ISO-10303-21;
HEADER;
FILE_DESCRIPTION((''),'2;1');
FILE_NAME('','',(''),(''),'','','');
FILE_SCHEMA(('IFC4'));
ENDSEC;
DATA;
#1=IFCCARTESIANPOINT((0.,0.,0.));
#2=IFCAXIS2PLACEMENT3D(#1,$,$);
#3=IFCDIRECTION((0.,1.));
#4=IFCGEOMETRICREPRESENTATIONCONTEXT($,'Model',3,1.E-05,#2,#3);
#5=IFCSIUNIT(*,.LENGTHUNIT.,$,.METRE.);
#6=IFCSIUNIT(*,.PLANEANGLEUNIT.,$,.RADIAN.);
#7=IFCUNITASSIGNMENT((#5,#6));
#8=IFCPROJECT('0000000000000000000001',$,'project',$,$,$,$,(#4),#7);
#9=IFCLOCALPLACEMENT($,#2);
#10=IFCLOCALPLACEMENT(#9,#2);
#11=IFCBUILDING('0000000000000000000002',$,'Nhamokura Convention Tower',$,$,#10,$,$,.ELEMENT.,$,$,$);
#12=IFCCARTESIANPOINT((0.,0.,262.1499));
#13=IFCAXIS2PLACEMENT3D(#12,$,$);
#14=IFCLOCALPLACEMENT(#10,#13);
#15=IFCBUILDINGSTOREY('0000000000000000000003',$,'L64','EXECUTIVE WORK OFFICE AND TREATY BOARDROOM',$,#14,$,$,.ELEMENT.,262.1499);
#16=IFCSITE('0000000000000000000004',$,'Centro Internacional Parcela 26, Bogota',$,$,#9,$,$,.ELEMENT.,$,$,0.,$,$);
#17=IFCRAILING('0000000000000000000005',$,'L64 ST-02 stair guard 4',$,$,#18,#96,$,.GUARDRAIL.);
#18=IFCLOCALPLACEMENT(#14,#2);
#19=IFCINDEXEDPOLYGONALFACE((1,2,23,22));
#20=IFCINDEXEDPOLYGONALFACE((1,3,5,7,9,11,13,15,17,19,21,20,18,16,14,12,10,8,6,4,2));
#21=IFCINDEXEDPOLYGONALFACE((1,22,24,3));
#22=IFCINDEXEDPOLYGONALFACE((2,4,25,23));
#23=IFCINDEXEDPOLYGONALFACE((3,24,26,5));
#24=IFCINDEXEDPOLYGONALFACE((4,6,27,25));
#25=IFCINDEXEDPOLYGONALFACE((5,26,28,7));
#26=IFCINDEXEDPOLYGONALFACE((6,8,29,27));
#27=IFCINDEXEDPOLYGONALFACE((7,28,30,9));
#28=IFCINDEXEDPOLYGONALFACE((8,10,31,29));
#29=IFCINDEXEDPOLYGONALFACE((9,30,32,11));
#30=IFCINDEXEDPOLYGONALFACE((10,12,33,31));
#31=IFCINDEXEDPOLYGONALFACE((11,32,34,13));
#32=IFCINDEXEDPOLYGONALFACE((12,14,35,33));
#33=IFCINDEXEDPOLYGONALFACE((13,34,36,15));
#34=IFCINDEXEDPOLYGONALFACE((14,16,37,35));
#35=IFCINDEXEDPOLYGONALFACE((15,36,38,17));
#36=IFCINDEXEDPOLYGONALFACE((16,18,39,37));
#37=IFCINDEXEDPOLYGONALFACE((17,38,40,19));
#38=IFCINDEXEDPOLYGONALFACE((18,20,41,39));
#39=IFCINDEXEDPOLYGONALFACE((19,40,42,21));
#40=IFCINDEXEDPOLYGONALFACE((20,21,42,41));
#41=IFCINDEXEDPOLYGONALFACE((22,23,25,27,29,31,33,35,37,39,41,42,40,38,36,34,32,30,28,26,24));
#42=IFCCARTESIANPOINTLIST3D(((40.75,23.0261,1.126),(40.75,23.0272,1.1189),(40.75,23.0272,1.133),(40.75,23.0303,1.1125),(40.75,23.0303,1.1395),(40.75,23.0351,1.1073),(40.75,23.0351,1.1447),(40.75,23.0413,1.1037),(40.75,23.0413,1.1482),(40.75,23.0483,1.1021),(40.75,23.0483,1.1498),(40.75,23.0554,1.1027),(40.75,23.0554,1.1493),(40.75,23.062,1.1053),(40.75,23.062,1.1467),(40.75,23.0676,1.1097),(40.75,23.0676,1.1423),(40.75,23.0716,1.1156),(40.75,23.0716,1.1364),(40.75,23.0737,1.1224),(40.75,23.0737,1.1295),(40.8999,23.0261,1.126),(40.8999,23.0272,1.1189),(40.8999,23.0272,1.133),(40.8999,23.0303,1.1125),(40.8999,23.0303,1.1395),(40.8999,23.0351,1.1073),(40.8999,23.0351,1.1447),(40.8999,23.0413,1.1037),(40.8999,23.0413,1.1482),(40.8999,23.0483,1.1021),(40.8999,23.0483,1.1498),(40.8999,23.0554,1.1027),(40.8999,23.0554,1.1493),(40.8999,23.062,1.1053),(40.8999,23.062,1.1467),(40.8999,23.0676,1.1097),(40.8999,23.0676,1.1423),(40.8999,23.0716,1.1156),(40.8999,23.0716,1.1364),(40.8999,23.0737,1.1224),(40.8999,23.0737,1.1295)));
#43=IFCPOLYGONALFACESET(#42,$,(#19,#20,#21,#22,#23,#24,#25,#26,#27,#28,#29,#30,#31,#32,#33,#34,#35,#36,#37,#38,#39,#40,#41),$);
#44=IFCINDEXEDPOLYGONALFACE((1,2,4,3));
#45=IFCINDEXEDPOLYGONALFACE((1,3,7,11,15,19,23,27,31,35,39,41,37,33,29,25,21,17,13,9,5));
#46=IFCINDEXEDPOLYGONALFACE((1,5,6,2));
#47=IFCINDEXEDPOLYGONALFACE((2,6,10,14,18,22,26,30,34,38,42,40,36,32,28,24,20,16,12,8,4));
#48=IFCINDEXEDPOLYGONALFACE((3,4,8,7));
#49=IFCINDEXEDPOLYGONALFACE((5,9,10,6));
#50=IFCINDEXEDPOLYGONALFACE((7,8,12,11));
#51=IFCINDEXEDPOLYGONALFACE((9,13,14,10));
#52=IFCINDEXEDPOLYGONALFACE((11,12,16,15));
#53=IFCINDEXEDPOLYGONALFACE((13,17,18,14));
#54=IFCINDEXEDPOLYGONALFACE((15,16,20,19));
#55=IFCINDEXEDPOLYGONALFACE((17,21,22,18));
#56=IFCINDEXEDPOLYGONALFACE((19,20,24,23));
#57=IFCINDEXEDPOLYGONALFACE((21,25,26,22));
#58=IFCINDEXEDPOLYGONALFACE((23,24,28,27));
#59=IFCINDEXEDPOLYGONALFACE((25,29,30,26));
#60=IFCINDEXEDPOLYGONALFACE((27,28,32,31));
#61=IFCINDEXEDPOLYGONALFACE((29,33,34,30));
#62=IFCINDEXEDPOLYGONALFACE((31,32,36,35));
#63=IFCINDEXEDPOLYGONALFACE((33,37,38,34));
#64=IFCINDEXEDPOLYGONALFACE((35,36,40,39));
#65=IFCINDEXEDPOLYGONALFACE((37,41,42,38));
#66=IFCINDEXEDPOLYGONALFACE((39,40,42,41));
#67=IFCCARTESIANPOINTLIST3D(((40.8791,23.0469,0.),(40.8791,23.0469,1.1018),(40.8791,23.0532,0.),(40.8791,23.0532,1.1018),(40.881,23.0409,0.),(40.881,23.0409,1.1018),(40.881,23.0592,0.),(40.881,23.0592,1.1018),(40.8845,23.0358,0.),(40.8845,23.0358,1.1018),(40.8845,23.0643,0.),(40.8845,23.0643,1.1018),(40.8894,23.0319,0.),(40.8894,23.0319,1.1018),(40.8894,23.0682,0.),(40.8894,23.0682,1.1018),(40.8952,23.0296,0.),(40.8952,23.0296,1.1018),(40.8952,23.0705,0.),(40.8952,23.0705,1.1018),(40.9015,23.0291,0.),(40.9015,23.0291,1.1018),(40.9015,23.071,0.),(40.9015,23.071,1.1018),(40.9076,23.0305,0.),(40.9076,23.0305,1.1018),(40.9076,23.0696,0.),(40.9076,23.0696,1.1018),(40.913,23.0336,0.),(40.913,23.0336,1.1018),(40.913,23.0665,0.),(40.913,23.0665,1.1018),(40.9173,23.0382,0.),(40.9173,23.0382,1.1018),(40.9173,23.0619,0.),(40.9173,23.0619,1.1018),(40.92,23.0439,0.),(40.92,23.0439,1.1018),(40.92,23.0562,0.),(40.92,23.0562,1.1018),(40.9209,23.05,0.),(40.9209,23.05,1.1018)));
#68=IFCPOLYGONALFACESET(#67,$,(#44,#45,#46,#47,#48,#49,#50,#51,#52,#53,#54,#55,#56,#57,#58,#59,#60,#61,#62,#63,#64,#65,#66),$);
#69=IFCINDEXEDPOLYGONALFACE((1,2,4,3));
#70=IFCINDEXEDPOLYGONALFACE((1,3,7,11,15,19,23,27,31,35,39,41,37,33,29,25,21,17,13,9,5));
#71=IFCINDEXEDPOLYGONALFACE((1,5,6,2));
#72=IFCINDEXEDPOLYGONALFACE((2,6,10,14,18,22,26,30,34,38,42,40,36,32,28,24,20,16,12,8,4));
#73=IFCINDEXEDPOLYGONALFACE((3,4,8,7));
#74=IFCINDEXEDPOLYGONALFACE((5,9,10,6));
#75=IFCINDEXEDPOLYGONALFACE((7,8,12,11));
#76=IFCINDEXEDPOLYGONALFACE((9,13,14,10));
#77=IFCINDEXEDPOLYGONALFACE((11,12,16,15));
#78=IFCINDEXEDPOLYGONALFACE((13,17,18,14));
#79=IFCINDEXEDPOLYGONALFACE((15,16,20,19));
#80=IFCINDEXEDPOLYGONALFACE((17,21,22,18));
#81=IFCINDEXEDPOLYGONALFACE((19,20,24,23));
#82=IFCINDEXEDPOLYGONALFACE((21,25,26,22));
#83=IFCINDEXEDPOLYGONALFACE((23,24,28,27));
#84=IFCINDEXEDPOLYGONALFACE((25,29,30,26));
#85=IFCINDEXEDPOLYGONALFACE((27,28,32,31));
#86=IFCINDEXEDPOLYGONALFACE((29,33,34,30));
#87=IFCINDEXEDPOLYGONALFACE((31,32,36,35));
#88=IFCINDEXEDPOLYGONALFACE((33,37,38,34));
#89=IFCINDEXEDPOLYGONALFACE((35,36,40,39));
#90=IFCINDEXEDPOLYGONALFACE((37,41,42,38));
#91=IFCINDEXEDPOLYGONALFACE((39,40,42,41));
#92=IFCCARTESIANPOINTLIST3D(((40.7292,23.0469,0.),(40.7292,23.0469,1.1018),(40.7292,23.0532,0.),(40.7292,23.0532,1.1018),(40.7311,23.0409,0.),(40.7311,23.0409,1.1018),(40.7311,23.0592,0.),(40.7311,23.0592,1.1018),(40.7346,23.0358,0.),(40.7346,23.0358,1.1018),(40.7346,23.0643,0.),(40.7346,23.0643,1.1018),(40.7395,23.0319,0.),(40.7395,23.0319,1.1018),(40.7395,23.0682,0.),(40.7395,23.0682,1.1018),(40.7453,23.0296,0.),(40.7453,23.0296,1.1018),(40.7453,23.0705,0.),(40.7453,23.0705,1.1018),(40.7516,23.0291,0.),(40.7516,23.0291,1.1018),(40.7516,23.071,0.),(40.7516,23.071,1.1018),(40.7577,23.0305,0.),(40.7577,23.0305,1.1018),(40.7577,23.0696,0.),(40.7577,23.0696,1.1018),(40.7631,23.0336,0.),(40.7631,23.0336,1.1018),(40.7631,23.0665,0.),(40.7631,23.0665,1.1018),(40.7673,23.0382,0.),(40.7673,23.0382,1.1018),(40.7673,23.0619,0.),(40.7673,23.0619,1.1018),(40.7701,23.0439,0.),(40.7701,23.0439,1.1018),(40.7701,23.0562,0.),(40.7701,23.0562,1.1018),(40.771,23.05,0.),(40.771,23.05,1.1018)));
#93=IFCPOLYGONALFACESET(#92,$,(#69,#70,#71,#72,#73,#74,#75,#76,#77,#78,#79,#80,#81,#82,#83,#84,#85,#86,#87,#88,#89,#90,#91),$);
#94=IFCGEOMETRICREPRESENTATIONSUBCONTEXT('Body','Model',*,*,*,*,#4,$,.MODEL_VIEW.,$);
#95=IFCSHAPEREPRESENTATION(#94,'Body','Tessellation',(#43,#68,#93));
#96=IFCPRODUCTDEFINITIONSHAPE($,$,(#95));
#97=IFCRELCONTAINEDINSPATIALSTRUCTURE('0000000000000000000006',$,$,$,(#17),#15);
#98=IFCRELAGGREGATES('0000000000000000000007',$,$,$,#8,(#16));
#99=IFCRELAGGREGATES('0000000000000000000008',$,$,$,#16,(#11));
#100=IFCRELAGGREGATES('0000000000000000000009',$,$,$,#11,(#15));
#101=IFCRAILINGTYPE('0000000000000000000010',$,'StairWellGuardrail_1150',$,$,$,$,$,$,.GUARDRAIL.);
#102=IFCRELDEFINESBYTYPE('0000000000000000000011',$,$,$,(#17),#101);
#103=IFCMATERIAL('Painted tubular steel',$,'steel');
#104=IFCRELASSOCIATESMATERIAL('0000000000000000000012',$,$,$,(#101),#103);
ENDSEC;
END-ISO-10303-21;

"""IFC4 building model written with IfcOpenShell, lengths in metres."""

from ifc_helpers import new_model, si_unit, direction, frame, origin, origin_2d, place, context, subcontext, project, spatial, circle, extrude, material, type_object, element, save


model = new_model("IFC4")

# Units and contexts
model_context = context("Model", 3, precision=1e-05, world=origin(), true_north=direction((0.0, 1.0)))
body_context = subcontext(model_context, "Body", "Model", "MODEL_VIEW")
ifc_project = project(units=[si_unit("LENGTHUNIT", "METRE"), si_unit("PLANEANGLEUNIT", "RADIAN")], contexts=[model_context])

# Site, building, storey
site_placement = place(None, origin())
site = spatial("IfcSite", under=ifc_project, at=site_placement, Name="Centro Internacional Parcela 26, Bogota", CompositionType="ELEMENT", RefElevation=0.0)
building_placement = place(site_placement, origin())
building = spatial("IfcBuilding", under=site, at=building_placement, Name="Nhamokura Convention Tower", CompositionType="ELEMENT")
storey_placement = place(building_placement, frame((0.0, 0.0, 262.1499)))
storey = spatial("IfcBuildingStorey", under=building, at=storey_placement, Name="L64", Description="EXECUTIVE WORK OFFICE AND TREATY BOARDROOM", CompositionType="ELEMENT", Elevation=262.1499)

# Railing
ifc_material_1 = material(Name="Painted tubular steel", Category="steel")
railing_type_1 = type_object("IfcRailingType", Name="StairWellGuardrail_1150", PredefinedType="GUARDRAIL", material=ifc_material_1)
railing_1_placement = place(storey_placement, frame((40.8999, 23.05, 0.0)))
element("IfcRailing", 1, at=railing_1_placement, inside=storey, type_object=railing_type_1, Name="L64 ST-02 stair guard 4", PredefinedType="GUARDRAIL", context=body_context, shape_type="SweptSolid", body=[
    extrude(circle(Radius=0.0239, at=origin_2d()), frame((0.0, 0.0, 1.126), z_axis=(-1.0, 0.0, 0.0), x_axis=(0.0, -1.0, 0.0)), (0.0, 0.0, 1.0), 0.1499),
    extrude(circle(Radius=0.021, at=origin_2d()), origin(), (0.0, 0.0, 1.0), 1.1018),
    extrude(circle(Radius=0.021, at=origin_2d()), frame((-0.1499, 0.0, 0.0)), (0.0, 0.0, 1.0), 1.1018),
])

save(model, "model.ifc")
